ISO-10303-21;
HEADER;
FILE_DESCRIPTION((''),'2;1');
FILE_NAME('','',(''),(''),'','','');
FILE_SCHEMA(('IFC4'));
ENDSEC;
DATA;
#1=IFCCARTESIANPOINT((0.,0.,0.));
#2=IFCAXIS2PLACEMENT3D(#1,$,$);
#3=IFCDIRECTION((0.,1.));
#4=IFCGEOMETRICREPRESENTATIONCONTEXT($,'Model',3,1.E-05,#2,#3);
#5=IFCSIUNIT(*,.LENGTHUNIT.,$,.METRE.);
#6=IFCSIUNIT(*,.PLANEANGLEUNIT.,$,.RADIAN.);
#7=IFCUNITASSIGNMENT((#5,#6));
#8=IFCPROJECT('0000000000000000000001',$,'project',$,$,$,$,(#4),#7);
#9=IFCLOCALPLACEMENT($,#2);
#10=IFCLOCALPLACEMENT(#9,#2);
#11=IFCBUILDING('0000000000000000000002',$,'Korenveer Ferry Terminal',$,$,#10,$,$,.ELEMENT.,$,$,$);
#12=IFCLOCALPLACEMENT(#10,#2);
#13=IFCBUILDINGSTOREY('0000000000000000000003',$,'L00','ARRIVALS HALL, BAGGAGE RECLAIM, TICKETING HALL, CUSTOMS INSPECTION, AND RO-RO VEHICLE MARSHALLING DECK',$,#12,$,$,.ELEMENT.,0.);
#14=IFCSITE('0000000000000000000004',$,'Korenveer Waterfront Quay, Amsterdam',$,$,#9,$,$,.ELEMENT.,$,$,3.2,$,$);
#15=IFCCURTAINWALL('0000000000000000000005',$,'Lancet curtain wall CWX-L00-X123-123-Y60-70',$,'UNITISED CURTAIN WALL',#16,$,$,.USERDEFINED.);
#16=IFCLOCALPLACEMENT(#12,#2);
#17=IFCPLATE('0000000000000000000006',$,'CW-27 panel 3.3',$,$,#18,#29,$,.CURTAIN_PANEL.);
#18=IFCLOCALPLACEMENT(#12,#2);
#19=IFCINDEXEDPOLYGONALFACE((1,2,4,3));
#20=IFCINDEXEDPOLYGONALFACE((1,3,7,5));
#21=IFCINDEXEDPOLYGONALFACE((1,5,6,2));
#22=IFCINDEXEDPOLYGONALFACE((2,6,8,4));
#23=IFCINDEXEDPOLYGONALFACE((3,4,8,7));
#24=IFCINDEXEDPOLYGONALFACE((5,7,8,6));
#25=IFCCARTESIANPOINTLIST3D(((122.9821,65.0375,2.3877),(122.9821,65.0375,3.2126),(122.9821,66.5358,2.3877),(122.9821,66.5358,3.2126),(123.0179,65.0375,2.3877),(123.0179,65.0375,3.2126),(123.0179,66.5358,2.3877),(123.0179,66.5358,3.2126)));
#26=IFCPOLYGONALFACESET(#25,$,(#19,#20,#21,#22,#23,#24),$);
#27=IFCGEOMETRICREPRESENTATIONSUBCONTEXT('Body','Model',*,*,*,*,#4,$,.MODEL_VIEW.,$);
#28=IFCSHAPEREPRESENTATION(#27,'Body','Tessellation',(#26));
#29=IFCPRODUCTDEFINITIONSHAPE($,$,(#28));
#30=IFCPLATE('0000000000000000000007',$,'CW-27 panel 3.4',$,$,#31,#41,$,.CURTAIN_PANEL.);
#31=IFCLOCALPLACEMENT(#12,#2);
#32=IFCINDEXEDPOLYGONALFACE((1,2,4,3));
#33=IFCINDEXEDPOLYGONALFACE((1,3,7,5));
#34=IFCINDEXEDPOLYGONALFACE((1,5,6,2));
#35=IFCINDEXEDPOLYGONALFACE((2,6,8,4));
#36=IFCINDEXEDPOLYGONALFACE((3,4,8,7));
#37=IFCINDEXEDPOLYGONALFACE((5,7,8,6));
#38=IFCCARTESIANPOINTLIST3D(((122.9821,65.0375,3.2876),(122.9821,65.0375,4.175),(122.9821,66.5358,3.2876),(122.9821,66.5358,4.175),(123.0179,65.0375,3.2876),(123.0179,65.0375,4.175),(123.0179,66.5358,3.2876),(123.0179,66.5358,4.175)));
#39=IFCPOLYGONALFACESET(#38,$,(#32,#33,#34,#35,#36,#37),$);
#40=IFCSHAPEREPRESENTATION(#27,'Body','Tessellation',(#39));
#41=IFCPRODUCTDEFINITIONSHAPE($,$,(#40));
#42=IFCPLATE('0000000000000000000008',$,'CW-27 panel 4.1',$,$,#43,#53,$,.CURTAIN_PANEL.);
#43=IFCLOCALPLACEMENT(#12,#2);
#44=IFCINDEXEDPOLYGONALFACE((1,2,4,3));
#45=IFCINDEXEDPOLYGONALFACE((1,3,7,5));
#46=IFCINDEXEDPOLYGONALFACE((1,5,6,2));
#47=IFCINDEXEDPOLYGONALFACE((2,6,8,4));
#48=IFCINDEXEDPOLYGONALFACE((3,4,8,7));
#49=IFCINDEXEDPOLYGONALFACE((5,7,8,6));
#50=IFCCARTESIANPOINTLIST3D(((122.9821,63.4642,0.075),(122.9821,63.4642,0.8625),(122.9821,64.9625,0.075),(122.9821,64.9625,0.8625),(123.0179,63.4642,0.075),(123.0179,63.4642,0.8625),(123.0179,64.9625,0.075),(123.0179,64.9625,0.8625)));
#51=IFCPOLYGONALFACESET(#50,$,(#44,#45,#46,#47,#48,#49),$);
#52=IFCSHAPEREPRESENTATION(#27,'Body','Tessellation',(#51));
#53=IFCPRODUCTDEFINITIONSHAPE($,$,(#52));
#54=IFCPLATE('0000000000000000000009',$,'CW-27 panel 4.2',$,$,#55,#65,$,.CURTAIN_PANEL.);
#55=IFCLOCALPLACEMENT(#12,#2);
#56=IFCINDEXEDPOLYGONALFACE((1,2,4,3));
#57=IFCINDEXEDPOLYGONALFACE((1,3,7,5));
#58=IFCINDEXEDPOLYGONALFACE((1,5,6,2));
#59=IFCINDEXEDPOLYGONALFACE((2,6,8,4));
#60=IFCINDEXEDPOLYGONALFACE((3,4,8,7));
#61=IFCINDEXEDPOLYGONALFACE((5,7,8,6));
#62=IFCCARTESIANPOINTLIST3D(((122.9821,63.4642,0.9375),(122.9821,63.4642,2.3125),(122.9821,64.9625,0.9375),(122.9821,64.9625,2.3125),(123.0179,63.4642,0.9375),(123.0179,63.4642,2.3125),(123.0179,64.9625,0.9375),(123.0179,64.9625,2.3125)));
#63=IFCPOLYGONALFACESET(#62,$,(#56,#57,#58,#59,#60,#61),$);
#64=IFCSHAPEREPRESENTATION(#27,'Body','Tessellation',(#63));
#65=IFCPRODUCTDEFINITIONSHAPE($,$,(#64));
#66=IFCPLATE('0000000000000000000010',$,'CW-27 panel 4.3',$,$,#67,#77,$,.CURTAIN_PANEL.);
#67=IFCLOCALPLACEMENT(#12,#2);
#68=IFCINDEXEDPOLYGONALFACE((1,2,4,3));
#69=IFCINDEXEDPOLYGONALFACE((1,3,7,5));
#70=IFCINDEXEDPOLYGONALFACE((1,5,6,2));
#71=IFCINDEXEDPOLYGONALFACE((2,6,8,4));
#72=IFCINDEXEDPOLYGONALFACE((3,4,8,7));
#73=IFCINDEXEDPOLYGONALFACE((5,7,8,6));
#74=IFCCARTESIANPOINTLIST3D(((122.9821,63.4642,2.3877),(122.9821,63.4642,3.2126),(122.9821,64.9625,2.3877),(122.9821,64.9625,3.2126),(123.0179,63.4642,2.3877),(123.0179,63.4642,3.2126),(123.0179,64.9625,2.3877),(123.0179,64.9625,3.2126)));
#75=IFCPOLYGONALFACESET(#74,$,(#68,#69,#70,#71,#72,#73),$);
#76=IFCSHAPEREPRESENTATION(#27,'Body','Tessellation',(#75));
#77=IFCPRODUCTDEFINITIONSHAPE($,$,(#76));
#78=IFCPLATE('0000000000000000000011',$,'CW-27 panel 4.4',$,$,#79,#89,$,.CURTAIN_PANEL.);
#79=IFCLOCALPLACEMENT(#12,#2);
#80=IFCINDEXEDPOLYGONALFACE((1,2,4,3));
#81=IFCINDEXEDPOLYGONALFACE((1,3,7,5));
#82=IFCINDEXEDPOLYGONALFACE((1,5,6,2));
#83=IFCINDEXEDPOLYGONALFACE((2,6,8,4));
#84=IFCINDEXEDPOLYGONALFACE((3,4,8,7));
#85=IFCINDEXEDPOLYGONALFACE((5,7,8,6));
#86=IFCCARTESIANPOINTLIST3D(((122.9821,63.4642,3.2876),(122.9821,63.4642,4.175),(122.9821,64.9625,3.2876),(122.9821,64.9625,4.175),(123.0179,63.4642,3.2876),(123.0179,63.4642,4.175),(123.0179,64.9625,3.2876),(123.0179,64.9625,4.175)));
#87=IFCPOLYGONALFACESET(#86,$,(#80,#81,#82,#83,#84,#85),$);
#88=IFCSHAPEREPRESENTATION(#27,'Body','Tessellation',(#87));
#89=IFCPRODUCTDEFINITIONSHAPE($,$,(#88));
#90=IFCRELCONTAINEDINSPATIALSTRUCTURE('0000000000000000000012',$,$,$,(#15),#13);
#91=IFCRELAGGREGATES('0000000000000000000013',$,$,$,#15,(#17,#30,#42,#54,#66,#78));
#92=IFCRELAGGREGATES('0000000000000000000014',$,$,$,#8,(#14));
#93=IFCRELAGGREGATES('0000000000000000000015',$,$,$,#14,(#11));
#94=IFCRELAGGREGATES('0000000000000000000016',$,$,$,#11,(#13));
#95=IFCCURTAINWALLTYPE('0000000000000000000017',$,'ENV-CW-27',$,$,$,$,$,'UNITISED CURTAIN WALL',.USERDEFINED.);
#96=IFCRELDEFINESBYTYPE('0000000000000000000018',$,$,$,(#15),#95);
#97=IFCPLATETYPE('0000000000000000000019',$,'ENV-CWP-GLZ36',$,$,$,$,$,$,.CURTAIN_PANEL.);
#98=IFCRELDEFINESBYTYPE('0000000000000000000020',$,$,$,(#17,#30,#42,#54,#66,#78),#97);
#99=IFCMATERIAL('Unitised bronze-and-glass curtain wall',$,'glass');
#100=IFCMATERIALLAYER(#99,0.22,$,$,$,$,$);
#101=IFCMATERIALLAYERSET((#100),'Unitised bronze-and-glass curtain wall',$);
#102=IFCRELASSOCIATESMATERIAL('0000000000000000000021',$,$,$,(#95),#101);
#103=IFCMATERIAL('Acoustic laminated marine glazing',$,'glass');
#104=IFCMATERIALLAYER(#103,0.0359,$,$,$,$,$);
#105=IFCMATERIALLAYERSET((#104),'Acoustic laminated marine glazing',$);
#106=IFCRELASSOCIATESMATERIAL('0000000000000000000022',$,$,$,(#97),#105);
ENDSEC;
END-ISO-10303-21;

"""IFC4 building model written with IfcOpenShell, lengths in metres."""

from ifc_helpers import new_model, si_unit, direction, frame, origin, origin_2d, place, context, subcontext, project, spatial, rectangle, extrude, material, layer, layer_set, type_object, element, aggregate, save


model = new_model("IFC4")

# Units and contexts
model_context = context("Model", 3, precision=1e-05, world=origin(), true_north=direction((0.0, 1.0)))
body_context = subcontext(model_context, "Body", "Model", "MODEL_VIEW")
ifc_project = project(units=[si_unit("LENGTHUNIT", "METRE"), si_unit("PLANEANGLEUNIT", "RADIAN")], contexts=[model_context])

# Site, building, storey
site_placement = place(None, origin())
site = spatial("IfcSite", under=ifc_project, at=site_placement, Name="Korenveer Waterfront Quay, Amsterdam", CompositionType="ELEMENT", RefElevation=3.2)
building_placement = place(site_placement, origin())
building = spatial("IfcBuilding", under=site, at=building_placement, Name="Korenveer Ferry Terminal", CompositionType="ELEMENT")
storey_placement = place(building_placement, origin())
storey = spatial("IfcBuildingStorey", under=building, at=storey_placement, Name="L00", Description="ARRIVALS HALL, BAGGAGE RECLAIM, TICKETING HALL, CUSTOMS INSPECTION, AND RO-RO VEHICLE MARSHALLING DECK", CompositionType="ELEMENT", Elevation=0.0)

# Curtain wall, plates
ifc_material_1 = material(Name="Unitised bronze-and-glass curtain wall", Category="glass")
ifc_layer_1 = layer(ifc_material_1, 0.22)
ifc_layer_set_1 = layer_set([ifc_layer_1], Name="Unitised bronze-and-glass curtain wall")
curtain_wall_type = type_object("IfcCurtainWallType", Name="ENV-CW-27", ElementType="UNITISED CURTAIN WALL", PredefinedType="USERDEFINED", material=ifc_layer_set_1)
curtain_wall_placement = place(storey_placement, frame((123.0, 69.72, 0.0)))
curtain_wall = element("IfcCurtainWall", 1, at=curtain_wall_placement, inside=storey, type_object=curtain_wall_type, Name="Lancet curtain wall CWX-L00-X123-123-Y60-70", ObjectType="UNITISED CURTAIN WALL", PredefinedType="USERDEFINED")
ifc_material_2 = material(Name="Acoustic laminated marine glazing", Category="glass")
ifc_layer_2 = layer(ifc_material_2, 0.0359)
ifc_layer_set_2 = layer_set([ifc_layer_2], Name="Acoustic laminated marine glazing")
plate_type = type_object("IfcPlateType", Name="ENV-CWP-GLZ36", PredefinedType="CURTAIN_PANEL", material=ifc_layer_set_2)
plate_1_placement = place(storey_placement, frame((123.0, 65.7866, 2.3877), z_axis=(0.0, 0.0, 1.0), x_axis=(0.0, -1.0, 0.0)))
plate_1 = element("IfcPlate", 2, at=plate_1_placement, type_object=plate_type, Name="CW-27 panel 3.3", PredefinedType="CURTAIN_PANEL", context=body_context, shape_type="SweptSolid", body=[
    extrude(rectangle(XDim=1.4983, YDim=0.0359, at=origin_2d()), origin(), (0.0, 0.0, 1.0), 0.825),
])
plate_2_placement = place(storey_placement, frame((123.0, 65.7866, 3.2876), z_axis=(0.0, 0.0, 1.0), x_axis=(0.0, -1.0, 0.0)))
plate_2 = element("IfcPlate", 3, at=plate_2_placement, type_object=plate_type, Name="CW-27 panel 3.4", PredefinedType="CURTAIN_PANEL", context=body_context, shape_type="SweptSolid", body=[
    extrude(rectangle(XDim=1.4983, YDim=0.0359, at=origin_2d()), origin(), (0.0, 0.0, 1.0), 0.8875),
])
plate_3_placement = place(storey_placement, frame((123.0, 64.2134, 0.075), z_axis=(0.0, 0.0, 1.0), x_axis=(0.0, -1.0, 0.0)))
plate_3 = element("IfcPlate", 4, at=plate_3_placement, type_object=plate_type, Name="CW-27 panel 4.1", PredefinedType="CURTAIN_PANEL", context=body_context, shape_type="SweptSolid", body=[
    extrude(rectangle(XDim=1.4983, YDim=0.0359, at=origin_2d()), origin(), (0.0, 0.0, 1.0), 0.7876),
])
plate_4_placement = place(storey_placement, frame((123.0, 64.2134, 0.9375), z_axis=(0.0, 0.0, 1.0), x_axis=(0.0, -1.0, 0.0)))
plate_4 = element("IfcPlate", 5, at=plate_4_placement, type_object=plate_type, Name="CW-27 panel 4.2", PredefinedType="CURTAIN_PANEL", context=body_context, shape_type="SweptSolid", body=[
    extrude(rectangle(XDim=1.4983, YDim=0.0359, at=origin_2d()), origin(), (0.0, 0.0, 1.0), 1.375),
])
plate_5_placement = place(storey_placement, frame((123.0, 64.2134, 2.3877), z_axis=(0.0, 0.0, 1.0), x_axis=(0.0, -1.0, 0.0)))
plate_5 = element("IfcPlate", 6, at=plate_5_placement, type_object=plate_type, Name="CW-27 panel 4.3", PredefinedType="CURTAIN_PANEL", context=body_context, shape_type="SweptSolid", body=[
    extrude(rectangle(XDim=1.4983, YDim=0.0359, at=origin_2d()), origin(), (0.0, 0.0, 1.0), 0.825),
])
plate_6_placement = place(storey_placement, frame((123.0, 64.2134, 3.2876), z_axis=(0.0, 0.0, 1.0), x_axis=(0.0, -1.0, 0.0)))
plate_6 = element("IfcPlate", 7, at=plate_6_placement, type_object=plate_type, Name="CW-27 panel 4.4", PredefinedType="CURTAIN_PANEL", context=body_context, shape_type="SweptSolid", body=[
    extrude(rectangle(XDim=1.4983, YDim=0.0359, at=origin_2d()), origin(), (0.0, 0.0, 1.0), 0.8875),
])
aggregate(curtain_wall, [plate_1, plate_2, plate_3, plate_4, plate_5, plate_6])

save(model, "model.ifc")
